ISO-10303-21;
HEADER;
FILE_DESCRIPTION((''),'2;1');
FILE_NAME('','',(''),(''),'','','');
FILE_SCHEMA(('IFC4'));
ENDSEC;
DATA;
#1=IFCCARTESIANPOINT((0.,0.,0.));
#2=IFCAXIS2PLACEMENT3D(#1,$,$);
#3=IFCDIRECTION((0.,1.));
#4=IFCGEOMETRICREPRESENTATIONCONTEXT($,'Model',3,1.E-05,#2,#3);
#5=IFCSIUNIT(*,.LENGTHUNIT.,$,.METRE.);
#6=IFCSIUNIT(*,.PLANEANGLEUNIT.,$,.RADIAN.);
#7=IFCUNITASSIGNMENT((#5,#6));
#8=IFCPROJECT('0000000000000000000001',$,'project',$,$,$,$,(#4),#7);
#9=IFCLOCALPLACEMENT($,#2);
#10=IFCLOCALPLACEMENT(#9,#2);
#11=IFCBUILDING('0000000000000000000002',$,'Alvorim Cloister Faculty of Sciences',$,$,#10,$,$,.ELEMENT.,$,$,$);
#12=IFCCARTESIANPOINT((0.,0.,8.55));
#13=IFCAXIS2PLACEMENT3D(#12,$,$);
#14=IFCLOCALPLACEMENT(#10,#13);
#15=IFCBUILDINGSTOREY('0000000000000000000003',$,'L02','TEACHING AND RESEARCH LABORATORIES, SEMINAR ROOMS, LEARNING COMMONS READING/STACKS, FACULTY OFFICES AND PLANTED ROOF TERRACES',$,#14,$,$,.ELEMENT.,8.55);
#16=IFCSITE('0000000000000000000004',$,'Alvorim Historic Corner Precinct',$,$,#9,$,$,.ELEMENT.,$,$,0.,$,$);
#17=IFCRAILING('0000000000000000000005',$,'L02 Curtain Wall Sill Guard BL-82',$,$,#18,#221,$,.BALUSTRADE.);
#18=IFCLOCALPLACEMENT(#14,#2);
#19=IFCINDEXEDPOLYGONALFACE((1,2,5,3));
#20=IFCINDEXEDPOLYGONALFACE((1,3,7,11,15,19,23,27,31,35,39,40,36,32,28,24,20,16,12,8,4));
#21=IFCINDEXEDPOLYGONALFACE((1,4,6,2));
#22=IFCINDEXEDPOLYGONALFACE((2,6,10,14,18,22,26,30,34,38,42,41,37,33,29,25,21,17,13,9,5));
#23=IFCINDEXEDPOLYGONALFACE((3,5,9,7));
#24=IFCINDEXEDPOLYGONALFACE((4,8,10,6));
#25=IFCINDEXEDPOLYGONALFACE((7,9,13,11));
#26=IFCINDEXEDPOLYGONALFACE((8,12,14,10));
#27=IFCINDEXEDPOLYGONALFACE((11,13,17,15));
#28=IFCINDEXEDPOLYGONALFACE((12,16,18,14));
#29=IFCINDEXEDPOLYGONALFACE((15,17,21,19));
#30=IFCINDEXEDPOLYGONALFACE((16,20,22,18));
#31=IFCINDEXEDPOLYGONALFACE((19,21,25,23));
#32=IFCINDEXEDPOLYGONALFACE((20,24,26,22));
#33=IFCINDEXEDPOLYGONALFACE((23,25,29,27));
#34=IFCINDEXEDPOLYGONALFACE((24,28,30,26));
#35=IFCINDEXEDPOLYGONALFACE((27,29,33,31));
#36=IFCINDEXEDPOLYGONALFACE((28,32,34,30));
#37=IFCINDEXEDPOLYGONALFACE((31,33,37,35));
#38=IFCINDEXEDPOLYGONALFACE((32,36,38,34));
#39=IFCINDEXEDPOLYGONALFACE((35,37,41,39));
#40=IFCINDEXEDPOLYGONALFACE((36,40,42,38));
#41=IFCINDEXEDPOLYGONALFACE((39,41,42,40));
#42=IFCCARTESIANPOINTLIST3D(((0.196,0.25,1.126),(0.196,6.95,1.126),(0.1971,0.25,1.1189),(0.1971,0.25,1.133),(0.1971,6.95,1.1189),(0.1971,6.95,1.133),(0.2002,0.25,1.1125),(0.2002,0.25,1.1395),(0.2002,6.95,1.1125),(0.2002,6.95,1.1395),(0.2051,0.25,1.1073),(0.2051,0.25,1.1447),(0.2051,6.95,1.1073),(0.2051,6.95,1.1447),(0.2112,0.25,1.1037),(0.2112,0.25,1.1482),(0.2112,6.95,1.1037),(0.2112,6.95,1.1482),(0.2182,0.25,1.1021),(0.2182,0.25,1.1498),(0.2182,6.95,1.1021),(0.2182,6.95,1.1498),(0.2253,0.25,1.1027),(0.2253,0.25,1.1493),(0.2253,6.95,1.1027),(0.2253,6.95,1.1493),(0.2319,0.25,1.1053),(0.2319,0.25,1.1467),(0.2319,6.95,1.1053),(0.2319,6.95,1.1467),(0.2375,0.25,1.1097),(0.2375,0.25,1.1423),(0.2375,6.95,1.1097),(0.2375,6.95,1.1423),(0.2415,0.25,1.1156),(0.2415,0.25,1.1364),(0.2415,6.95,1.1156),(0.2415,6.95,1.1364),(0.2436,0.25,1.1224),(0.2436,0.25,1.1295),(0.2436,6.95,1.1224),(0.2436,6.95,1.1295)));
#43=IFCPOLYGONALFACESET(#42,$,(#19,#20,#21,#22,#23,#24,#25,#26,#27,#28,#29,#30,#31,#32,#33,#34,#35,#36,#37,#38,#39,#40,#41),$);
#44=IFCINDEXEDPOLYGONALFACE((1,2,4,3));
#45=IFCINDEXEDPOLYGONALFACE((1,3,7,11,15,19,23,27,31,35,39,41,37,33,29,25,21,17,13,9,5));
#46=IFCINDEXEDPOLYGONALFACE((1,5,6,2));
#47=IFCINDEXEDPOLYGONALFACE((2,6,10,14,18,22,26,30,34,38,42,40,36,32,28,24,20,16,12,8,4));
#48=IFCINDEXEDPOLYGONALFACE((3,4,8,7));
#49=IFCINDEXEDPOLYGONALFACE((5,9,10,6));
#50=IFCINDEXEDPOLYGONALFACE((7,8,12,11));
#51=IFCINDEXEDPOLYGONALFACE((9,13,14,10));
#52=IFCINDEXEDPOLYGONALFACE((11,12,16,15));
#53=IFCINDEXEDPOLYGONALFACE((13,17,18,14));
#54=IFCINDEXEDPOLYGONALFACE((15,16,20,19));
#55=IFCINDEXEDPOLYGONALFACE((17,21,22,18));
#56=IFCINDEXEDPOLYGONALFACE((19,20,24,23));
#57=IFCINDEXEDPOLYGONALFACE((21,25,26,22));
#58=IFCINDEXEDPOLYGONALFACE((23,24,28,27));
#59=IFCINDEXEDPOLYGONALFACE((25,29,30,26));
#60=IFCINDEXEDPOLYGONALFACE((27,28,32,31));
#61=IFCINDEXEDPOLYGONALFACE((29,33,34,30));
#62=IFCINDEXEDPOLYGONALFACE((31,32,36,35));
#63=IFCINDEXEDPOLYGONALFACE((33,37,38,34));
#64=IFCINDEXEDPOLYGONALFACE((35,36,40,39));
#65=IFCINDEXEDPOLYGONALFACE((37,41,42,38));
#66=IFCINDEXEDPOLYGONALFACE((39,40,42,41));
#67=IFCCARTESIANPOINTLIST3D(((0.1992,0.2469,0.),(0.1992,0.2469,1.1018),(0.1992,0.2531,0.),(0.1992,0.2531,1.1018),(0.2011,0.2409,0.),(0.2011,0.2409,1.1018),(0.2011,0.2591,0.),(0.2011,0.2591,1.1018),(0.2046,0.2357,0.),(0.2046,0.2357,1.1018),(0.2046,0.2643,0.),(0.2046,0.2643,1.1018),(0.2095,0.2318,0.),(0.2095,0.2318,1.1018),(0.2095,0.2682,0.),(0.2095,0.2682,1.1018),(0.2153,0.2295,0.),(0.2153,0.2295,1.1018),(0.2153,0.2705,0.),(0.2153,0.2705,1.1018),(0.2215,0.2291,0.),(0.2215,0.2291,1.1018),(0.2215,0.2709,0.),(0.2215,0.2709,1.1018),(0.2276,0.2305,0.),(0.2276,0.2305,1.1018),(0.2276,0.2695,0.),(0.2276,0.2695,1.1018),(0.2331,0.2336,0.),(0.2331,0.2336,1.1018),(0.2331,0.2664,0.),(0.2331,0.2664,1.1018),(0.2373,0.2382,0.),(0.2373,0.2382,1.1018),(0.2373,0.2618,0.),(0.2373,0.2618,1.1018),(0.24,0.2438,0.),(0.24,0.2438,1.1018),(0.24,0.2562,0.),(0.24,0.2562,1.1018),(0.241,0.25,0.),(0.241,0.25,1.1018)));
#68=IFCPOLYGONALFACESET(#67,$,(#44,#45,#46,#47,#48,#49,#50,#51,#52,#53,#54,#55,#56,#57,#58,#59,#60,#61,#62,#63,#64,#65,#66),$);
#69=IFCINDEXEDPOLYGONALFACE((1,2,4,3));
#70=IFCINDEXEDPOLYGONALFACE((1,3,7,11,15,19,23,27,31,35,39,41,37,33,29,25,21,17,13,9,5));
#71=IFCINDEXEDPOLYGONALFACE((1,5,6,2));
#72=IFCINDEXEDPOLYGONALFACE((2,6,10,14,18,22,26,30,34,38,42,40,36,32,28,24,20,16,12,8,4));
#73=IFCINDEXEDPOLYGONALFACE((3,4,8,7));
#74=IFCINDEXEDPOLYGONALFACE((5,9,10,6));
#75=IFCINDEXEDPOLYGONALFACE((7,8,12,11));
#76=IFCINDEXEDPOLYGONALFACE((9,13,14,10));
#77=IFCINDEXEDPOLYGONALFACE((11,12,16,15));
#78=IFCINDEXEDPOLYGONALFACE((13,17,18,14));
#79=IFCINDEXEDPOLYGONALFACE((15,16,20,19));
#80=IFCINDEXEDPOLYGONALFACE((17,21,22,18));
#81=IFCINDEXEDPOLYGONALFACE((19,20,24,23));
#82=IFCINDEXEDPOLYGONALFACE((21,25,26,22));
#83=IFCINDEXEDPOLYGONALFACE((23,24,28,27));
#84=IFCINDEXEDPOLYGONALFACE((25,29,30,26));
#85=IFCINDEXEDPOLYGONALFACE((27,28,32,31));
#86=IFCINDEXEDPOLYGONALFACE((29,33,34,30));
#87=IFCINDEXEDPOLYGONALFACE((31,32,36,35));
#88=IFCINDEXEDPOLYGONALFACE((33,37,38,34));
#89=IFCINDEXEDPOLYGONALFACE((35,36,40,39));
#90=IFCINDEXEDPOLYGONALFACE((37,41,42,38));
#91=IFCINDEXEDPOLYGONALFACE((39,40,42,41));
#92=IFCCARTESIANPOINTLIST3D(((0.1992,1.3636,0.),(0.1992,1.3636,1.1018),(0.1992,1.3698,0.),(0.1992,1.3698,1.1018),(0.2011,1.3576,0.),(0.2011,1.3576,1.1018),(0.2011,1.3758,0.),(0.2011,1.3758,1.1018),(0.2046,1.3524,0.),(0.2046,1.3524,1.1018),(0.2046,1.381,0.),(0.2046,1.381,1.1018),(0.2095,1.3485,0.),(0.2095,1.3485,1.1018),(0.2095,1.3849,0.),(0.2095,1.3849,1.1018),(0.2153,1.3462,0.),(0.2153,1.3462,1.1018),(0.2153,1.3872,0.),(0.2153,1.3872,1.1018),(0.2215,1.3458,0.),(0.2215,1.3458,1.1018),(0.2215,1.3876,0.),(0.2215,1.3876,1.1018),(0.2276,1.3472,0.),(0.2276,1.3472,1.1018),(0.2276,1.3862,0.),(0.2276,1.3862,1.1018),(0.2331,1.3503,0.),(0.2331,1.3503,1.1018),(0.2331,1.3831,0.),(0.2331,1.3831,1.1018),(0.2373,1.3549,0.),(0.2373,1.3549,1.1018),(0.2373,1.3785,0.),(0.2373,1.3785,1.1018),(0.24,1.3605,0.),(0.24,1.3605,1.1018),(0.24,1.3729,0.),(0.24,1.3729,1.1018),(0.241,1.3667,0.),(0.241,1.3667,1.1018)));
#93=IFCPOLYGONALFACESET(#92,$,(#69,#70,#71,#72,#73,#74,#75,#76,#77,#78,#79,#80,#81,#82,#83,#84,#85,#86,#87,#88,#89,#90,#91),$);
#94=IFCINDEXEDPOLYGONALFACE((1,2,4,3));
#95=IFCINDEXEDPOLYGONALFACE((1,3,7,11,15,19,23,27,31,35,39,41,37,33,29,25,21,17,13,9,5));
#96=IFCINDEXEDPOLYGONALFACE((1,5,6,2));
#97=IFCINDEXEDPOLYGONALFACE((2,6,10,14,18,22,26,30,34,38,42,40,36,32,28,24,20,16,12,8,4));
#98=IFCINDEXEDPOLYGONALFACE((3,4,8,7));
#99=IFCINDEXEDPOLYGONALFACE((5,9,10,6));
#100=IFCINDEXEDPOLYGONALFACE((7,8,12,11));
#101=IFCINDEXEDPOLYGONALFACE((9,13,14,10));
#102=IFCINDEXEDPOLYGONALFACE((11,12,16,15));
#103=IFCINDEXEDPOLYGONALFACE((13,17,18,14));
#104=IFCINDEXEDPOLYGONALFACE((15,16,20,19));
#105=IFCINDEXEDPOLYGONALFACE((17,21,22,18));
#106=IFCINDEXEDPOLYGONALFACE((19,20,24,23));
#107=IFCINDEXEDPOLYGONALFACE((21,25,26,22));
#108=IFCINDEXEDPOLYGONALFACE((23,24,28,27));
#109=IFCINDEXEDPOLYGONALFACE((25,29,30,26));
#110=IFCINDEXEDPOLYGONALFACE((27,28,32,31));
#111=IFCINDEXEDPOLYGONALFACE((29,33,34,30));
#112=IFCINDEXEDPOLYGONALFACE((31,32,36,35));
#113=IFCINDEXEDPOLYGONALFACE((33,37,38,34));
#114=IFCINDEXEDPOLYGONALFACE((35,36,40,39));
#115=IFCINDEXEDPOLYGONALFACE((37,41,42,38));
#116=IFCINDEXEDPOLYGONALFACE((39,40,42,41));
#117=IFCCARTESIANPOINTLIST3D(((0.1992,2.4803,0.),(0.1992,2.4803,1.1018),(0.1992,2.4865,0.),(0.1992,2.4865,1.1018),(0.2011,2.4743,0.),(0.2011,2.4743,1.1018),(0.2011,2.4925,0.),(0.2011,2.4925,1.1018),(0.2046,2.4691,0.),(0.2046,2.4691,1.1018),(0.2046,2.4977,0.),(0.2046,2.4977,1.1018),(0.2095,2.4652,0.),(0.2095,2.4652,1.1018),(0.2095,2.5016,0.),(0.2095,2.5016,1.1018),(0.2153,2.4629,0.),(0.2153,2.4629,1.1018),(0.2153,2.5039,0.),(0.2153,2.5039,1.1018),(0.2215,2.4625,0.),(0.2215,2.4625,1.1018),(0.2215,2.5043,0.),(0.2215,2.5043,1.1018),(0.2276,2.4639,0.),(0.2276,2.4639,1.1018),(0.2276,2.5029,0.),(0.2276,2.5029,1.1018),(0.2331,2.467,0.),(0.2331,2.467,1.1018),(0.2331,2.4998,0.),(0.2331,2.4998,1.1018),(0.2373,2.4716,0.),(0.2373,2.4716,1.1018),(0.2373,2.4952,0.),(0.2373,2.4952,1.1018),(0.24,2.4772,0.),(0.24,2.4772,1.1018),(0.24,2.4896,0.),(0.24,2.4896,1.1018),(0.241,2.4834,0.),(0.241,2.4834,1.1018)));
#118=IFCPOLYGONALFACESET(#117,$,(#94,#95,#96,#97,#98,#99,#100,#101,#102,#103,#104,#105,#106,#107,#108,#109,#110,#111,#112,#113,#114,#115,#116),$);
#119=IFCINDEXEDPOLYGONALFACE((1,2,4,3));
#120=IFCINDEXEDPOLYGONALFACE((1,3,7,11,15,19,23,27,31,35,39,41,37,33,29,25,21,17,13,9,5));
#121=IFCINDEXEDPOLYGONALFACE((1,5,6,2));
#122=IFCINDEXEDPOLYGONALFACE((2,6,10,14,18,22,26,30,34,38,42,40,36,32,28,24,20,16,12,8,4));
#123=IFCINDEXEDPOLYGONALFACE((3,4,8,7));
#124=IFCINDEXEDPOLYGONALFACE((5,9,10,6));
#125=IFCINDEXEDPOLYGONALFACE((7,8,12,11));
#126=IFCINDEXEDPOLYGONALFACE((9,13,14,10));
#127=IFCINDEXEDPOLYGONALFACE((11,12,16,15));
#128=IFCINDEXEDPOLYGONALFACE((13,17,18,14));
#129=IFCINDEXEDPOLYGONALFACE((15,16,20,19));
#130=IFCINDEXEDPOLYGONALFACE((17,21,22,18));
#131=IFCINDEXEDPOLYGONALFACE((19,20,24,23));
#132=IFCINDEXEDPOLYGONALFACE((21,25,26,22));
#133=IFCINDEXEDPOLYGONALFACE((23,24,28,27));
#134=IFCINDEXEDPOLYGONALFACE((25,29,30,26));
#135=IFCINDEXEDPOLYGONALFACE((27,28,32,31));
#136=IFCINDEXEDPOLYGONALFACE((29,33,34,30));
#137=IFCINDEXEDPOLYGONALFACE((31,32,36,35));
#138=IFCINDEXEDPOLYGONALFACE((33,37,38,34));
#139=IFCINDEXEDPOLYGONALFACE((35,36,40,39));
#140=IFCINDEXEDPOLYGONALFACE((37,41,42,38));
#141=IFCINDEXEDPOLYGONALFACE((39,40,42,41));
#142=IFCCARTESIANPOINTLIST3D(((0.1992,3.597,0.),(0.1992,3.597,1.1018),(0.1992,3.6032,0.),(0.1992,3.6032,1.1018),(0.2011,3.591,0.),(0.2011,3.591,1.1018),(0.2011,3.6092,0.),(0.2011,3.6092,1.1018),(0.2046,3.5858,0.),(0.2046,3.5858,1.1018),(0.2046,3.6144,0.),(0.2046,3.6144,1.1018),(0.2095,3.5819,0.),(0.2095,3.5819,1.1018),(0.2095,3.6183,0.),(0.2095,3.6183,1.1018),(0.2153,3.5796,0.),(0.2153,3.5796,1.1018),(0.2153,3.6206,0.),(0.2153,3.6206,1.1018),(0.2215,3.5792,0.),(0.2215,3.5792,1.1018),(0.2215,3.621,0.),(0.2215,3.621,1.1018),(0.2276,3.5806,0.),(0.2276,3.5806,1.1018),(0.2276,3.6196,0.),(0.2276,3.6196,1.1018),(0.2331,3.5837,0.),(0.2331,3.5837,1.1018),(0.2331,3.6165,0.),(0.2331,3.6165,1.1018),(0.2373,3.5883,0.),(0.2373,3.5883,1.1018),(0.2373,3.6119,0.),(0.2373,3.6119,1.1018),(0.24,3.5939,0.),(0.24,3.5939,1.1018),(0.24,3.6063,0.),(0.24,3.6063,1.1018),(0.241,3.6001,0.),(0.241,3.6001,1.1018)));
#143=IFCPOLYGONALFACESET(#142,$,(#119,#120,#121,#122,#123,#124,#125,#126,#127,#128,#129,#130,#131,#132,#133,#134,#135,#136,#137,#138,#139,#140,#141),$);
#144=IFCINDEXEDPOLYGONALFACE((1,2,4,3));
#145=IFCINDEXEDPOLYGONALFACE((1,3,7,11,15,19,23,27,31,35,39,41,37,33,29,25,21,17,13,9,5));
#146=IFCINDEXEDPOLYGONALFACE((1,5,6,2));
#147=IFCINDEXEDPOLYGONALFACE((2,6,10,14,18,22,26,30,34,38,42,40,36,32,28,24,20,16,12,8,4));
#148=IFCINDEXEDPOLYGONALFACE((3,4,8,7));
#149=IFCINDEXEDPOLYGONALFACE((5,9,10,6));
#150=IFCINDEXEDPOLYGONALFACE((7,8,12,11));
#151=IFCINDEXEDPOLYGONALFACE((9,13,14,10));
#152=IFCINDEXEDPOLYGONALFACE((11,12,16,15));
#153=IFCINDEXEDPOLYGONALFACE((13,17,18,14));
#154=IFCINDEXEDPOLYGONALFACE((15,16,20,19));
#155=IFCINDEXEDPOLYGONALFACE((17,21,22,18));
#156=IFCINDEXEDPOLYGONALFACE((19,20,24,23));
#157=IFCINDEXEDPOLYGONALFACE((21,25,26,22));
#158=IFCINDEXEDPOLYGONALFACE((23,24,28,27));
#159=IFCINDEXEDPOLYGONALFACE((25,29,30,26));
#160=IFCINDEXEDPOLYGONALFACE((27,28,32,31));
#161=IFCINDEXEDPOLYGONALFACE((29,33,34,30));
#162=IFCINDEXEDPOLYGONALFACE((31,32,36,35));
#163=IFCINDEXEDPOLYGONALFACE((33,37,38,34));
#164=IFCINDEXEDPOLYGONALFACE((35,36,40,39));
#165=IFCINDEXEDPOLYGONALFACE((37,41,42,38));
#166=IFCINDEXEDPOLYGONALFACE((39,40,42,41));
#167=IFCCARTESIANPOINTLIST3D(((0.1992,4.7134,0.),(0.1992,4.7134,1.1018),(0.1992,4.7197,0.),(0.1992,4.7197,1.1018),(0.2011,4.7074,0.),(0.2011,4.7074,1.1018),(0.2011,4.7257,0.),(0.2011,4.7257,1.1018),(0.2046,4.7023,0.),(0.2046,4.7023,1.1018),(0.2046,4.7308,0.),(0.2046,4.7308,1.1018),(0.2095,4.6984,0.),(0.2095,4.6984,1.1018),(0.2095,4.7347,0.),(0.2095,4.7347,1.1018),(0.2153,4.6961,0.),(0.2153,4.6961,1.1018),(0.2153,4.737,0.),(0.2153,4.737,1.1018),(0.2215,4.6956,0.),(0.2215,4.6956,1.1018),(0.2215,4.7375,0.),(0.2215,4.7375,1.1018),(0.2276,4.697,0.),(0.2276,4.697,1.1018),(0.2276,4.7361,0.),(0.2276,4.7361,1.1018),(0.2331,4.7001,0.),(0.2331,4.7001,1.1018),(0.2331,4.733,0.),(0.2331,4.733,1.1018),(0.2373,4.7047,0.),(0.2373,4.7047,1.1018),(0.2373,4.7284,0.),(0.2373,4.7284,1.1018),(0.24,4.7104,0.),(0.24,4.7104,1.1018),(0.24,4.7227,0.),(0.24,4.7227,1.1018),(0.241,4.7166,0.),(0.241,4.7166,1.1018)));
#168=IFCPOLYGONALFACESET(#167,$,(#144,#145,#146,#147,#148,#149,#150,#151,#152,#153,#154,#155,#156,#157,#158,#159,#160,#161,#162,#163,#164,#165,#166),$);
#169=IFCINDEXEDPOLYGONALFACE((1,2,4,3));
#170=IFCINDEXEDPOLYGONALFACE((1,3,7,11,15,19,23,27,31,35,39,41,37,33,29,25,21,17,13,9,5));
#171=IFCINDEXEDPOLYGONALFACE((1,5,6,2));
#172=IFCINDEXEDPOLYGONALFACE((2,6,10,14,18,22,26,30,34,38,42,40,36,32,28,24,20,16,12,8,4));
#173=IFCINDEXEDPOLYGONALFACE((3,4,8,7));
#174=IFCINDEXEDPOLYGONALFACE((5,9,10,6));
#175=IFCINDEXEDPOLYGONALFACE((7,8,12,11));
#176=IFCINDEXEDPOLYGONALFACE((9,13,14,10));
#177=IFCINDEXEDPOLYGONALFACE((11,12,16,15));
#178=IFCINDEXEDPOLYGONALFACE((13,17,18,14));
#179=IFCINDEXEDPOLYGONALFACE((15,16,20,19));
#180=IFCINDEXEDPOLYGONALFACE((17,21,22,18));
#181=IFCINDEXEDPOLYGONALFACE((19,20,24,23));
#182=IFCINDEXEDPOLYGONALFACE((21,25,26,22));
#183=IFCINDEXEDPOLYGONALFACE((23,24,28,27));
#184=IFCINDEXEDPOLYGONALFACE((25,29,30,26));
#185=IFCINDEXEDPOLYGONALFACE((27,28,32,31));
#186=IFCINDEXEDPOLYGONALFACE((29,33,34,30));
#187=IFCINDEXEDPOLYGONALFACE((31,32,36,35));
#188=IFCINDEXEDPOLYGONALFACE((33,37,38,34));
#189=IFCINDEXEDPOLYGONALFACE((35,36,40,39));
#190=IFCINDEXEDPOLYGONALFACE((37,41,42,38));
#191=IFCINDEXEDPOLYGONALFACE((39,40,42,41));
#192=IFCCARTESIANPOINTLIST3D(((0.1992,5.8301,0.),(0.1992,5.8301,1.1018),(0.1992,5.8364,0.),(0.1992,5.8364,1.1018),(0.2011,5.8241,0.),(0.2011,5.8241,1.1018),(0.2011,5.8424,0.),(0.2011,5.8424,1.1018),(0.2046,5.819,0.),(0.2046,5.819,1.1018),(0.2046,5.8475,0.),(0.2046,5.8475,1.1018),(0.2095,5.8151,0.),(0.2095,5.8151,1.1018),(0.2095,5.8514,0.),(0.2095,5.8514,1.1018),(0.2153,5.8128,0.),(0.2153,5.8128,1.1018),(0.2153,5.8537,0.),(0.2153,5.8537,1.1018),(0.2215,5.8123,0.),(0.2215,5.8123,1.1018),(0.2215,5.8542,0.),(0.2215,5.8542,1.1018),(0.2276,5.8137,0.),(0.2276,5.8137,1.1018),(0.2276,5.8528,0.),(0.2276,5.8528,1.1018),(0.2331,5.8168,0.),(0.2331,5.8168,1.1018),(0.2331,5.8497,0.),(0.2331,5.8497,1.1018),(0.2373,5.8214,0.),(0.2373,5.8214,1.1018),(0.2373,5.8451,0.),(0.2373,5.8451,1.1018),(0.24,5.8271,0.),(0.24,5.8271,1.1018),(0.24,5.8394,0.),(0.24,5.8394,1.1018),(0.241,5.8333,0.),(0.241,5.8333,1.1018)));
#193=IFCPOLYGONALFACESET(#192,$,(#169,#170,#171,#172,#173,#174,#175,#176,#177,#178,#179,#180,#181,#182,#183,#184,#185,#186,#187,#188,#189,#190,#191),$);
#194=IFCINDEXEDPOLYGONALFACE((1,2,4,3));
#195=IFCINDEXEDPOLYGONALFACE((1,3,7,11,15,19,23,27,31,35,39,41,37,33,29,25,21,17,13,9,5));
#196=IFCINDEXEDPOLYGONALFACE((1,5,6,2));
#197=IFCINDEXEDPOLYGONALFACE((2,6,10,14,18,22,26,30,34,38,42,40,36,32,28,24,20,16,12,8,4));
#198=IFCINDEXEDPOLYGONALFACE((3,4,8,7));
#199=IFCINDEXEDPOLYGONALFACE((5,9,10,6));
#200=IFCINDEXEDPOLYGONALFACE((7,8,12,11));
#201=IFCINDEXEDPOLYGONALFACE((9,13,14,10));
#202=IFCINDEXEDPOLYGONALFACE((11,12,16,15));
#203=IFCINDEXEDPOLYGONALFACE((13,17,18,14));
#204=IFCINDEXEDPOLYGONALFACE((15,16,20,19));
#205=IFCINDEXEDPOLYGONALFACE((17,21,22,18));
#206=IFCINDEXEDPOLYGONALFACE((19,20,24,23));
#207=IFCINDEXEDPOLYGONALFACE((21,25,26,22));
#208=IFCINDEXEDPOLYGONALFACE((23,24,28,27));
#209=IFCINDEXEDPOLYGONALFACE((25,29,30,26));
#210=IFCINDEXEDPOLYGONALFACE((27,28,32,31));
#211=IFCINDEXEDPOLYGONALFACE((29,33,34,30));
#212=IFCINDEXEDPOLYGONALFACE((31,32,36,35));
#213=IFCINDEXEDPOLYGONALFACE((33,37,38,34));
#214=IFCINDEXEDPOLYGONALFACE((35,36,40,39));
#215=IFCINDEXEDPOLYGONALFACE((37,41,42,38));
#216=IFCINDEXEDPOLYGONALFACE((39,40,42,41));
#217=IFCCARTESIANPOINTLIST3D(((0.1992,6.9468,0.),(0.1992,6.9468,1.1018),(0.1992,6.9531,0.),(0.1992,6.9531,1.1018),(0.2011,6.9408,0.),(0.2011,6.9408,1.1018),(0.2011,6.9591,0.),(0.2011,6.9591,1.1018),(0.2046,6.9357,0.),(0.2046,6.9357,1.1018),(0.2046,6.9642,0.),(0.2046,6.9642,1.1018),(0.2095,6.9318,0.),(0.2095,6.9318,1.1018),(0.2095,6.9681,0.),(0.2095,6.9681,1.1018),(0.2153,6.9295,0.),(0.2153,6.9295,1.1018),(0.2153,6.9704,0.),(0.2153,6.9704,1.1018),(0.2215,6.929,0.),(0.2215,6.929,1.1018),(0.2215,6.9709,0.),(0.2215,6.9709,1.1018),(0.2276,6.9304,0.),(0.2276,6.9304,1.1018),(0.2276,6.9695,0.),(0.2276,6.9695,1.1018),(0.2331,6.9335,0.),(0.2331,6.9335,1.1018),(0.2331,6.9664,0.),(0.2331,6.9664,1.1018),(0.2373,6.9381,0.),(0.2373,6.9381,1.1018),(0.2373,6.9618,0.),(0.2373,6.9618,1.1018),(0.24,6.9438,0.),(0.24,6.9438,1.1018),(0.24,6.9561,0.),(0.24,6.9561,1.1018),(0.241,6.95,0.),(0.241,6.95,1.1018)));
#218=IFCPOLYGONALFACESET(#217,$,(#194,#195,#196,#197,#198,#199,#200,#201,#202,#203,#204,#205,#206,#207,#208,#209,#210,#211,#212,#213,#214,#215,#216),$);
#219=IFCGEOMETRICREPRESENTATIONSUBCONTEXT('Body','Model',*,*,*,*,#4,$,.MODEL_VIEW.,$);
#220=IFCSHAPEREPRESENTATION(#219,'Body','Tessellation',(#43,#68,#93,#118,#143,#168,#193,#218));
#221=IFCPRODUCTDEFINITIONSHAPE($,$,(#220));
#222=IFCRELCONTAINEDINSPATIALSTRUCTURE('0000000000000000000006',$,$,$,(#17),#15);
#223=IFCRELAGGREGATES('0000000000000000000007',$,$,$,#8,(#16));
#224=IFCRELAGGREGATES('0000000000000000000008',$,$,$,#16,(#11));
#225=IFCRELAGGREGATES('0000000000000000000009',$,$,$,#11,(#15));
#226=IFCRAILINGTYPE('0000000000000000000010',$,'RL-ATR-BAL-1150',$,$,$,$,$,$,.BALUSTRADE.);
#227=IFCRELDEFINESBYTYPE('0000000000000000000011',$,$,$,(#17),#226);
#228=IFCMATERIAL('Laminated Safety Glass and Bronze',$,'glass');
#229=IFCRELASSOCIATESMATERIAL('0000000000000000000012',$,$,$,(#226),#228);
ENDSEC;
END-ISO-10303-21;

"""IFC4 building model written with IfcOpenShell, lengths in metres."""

from ifc_helpers import new_model, si_unit, direction, frame, origin, origin_2d, place, context, subcontext, project, spatial, circle, extrude, material, type_object, element, save


model = new_model("IFC4")

# Units and contexts
model_context = context("Model", 3, precision=1e-05, world=origin(), true_north=direction((0.0, 1.0)))
body_context = subcontext(model_context, "Body", "Model", "MODEL_VIEW")
ifc_project = project(units=[si_unit("LENGTHUNIT", "METRE"), si_unit("PLANEANGLEUNIT", "RADIAN")], contexts=[model_context])

# Site, building, storey
site_placement = place(None, origin())
site = spatial("IfcSite", under=ifc_project, at=site_placement, Name="Alvorim Historic Corner Precinct", CompositionType="ELEMENT", RefElevation=0.0)
building_placement = place(site_placement, origin())
building = spatial("IfcBuilding", under=site, at=building_placement, Name="Alvorim Cloister Faculty of Sciences", CompositionType="ELEMENT")
storey_placement = place(building_placement, frame((0.0, 0.0, 8.55)))
storey = spatial("IfcBuildingStorey", under=building, at=storey_placement, Name="L02", Description="TEACHING AND RESEARCH LABORATORIES, SEMINAR ROOMS, LEARNING COMMONS READING/STACKS, FACULTY OFFICES AND PLANTED ROOF TERRACES", CompositionType="ELEMENT", Elevation=8.55)

# Railing
ifc_material_1 = material(Name="Laminated Safety Glass and Bronze", Category="glass")
railing_type = type_object("IfcRailingType", Name="RL-ATR-BAL-1150", PredefinedType="BALUSTRADE", material=ifc_material_1)
railing_1_placement = place(storey_placement, frame((0.22, 0.25, 0.0)))
element("IfcRailing", 1, at=railing_1_placement, inside=storey, type_object=railing_type, Name="L02 Curtain Wall Sill Guard BL-82", PredefinedType="BALUSTRADE", context=body_context, shape_type="SweptSolid", body=[
    extrude(circle(Radius=0.0239, at=origin_2d()), frame((0.0, 0.0, 1.126), z_axis=(0.0, 1.0, 0.0), x_axis=(-1.0, 0.0, 0.0)), (0.0, 0.0, 1.0), 6.7),
    extrude(circle(Radius=0.021, at=origin_2d()), origin(), (0.0, 0.0, 1.0), 1.1018),
    extrude(circle(Radius=0.021, at=origin_2d()), frame((0.0, 1.1167, 0.0)), (0.0, 0.0, 1.0), 1.1018),
    extrude(circle(Radius=0.021, at=origin_2d()), frame((0.0, 2.2334, 0.0)), (0.0, 0.0, 1.0), 1.1018),
    extrude(circle(Radius=0.021, at=origin_2d()), frame((0.0, 3.3501, 0.0)), (0.0, 0.0, 1.0), 1.1018),
    extrude(circle(Radius=0.021, at=origin_2d()), frame((0.0, 4.4666, 0.0)), (0.0, 0.0, 1.0), 1.1018),
    extrude(circle(Radius=0.021, at=origin_2d()), frame((0.0, 5.5833, 0.0)), (0.0, 0.0, 1.0), 1.1018),
    extrude(circle(Radius=0.021, at=origin_2d()), frame((0.0, 6.7, 0.0)), (0.0, 0.0, 1.0), 1.1018),
])

save(model, "model.ifc")
